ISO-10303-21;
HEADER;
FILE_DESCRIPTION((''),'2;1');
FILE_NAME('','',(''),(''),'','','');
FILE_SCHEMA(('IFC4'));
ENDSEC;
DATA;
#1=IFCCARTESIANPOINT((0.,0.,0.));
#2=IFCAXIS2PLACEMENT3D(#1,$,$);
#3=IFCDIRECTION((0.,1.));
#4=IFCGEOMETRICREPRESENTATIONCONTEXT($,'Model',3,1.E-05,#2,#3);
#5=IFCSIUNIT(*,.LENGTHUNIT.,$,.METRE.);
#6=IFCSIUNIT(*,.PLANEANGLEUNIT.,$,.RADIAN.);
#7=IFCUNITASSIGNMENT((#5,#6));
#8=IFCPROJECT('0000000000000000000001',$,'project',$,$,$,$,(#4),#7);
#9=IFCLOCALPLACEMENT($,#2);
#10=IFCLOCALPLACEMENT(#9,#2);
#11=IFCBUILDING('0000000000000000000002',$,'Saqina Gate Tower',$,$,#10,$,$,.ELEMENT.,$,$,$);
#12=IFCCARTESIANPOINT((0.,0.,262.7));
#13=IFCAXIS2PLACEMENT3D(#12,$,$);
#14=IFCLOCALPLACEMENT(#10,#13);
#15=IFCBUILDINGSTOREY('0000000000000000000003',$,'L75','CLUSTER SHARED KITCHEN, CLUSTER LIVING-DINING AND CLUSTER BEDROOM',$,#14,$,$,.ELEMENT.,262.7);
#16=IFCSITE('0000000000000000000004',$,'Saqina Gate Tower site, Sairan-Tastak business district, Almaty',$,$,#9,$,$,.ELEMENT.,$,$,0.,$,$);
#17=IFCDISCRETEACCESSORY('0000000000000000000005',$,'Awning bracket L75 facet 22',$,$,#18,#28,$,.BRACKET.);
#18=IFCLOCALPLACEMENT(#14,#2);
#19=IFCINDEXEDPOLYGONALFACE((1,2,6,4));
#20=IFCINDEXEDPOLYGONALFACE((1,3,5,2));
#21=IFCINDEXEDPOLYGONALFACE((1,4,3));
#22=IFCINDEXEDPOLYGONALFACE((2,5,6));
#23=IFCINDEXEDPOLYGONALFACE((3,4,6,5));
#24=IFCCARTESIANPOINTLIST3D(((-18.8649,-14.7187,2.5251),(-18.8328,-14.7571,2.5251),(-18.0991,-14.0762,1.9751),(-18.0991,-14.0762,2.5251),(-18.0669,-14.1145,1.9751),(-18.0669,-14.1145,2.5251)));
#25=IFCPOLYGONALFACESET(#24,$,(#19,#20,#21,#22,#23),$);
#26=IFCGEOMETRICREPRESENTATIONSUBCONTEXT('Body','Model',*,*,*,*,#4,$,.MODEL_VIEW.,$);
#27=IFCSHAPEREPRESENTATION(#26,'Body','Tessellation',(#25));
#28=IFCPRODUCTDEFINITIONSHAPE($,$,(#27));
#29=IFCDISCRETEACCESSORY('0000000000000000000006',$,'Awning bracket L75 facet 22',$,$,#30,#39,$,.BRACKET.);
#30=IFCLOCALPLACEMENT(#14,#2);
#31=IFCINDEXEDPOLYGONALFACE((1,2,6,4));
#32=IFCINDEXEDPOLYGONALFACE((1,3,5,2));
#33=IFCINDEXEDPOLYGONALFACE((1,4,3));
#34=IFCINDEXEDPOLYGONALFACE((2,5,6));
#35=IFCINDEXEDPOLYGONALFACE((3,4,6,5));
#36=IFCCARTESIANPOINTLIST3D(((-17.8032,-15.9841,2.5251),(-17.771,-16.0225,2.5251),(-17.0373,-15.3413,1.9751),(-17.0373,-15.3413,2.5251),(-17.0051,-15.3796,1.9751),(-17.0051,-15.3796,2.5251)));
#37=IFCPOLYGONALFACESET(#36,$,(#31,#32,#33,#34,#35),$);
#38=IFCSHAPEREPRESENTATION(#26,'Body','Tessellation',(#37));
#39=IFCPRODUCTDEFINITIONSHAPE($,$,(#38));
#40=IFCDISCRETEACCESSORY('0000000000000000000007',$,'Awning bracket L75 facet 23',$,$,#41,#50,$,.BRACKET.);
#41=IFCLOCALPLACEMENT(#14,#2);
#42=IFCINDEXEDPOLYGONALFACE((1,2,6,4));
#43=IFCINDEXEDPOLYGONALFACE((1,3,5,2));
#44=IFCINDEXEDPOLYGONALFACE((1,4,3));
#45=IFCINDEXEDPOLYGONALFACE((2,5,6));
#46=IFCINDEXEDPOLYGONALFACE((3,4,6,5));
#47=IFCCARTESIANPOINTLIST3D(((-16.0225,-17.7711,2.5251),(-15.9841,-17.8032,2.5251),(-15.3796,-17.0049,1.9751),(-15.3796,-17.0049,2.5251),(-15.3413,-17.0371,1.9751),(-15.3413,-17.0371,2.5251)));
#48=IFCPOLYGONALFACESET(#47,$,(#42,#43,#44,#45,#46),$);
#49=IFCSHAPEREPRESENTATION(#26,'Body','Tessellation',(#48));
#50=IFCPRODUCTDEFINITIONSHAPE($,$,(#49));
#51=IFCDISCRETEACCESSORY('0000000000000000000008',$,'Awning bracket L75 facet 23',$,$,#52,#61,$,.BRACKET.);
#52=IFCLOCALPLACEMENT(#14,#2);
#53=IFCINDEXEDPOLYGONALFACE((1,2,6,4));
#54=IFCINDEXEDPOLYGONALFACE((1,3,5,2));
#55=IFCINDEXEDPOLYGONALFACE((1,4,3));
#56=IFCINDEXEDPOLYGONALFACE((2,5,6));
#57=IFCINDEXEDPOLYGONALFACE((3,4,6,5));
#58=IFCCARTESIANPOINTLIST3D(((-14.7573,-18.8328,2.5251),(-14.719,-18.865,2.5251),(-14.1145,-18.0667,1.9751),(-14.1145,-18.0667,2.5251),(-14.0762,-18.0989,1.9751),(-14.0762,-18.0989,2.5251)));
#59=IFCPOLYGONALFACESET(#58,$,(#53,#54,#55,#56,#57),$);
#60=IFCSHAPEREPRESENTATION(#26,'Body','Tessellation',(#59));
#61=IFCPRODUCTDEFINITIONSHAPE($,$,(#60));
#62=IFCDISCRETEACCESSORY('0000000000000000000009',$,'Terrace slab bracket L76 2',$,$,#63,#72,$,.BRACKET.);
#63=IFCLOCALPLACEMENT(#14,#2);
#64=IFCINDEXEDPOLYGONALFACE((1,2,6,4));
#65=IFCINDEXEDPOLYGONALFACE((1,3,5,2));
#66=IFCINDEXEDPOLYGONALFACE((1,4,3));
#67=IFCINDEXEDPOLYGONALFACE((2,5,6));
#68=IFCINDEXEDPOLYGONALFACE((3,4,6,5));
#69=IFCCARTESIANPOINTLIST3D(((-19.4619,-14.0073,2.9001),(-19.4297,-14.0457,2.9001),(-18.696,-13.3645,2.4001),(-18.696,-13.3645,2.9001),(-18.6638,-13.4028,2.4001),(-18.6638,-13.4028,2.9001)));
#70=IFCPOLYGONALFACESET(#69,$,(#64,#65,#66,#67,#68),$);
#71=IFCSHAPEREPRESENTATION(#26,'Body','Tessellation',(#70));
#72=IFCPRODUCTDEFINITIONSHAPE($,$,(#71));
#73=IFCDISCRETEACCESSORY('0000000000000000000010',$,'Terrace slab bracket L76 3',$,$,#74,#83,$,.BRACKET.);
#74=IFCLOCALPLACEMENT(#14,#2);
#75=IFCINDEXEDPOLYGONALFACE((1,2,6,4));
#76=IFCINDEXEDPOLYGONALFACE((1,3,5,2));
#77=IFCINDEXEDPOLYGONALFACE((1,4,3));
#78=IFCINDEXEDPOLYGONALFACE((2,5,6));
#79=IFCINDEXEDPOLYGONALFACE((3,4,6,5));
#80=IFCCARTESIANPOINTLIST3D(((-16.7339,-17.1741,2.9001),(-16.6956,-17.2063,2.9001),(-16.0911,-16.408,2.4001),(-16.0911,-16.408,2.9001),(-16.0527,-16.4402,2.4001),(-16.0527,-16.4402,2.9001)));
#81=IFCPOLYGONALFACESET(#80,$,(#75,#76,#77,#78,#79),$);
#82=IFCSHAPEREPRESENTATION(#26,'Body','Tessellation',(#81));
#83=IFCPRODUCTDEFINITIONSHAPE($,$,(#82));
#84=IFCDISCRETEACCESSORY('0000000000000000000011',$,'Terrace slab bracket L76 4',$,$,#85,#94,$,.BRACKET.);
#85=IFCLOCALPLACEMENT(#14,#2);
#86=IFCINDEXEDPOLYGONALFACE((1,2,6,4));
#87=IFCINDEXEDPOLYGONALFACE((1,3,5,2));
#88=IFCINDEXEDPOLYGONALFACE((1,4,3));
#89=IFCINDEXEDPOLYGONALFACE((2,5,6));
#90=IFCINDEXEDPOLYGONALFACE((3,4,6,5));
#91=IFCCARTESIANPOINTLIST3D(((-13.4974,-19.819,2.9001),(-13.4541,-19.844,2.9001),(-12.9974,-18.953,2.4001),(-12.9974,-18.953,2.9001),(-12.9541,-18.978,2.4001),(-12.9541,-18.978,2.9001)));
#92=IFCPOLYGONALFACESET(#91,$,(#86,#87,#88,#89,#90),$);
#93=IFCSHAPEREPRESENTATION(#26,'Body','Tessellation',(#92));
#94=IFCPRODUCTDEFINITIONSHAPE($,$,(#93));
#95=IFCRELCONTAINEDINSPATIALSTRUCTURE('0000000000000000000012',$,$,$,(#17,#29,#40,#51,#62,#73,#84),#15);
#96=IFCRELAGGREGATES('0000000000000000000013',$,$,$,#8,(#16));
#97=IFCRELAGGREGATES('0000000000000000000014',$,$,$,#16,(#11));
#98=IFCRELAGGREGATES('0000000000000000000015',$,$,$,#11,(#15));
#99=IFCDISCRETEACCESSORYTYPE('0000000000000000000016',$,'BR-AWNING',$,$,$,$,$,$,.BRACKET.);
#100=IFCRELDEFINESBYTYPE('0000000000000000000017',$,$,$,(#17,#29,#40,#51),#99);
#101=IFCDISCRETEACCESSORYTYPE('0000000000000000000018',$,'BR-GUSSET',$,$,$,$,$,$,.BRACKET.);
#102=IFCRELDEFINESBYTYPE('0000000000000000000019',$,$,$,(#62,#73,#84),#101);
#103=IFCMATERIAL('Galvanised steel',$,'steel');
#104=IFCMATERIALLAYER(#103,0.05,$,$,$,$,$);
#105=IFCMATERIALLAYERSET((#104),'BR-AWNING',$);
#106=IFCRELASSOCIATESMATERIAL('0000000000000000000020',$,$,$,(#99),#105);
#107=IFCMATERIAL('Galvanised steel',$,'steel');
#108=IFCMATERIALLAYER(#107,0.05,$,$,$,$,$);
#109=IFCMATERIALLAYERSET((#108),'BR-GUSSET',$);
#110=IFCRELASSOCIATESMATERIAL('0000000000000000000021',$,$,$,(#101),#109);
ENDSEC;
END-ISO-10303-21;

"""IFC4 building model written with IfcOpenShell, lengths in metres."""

from ifc_helpers import new_model, si_unit, direction, frame, origin, place, context, subcontext, project, spatial, polyline, outline, extrude, material, layer, layer_set, type_object, element, save


model = new_model("IFC4")

# Units and contexts
model_context = context("Model", 3, precision=1e-05, world=origin(), true_north=direction((0.0, 1.0)))
body_context = subcontext(model_context, "Body", "Model", "MODEL_VIEW")
ifc_project = project(units=[si_unit("LENGTHUNIT", "METRE"), si_unit("PLANEANGLEUNIT", "RADIAN")], contexts=[model_context])

# Site, building, storey
site_placement = place(None, origin())
site = spatial("IfcSite", under=ifc_project, at=site_placement, Name="Saqina Gate Tower site, Sairan-Tastak business district, Almaty", CompositionType="ELEMENT", RefElevation=0.0)
building_placement = place(site_placement, origin())
building = spatial("IfcBuilding", under=site, at=building_placement, Name="Saqina Gate Tower", CompositionType="ELEMENT")
storey_placement = place(building_placement, frame((0.0, 0.0, 262.7)))
storey = spatial("IfcBuildingStorey", under=building, at=storey_placement, Name="L75", Description="CLUSTER SHARED KITCHEN, CLUSTER LIVING-DINING AND CLUSTER BEDROOM", CompositionType="ELEMENT", Elevation=262.7)

# Discrete accessories
ifc_material_1 = material(Name="Galvanised steel", Category="steel")
ifc_layer_1 = layer(ifc_material_1, 0.05)
ifc_layer_set_1 = layer_set([ifc_layer_1], Name="BR-AWNING")
discrete_accessory_type_1 = type_object("IfcDiscreteAccessoryType", Name="BR-AWNING", PredefinedType="BRACKET", material=ifc_layer_set_1)
discrete_accessory_1_placement = place(storey_placement, frame((-18.0669, -14.1145, 1.9751), z_axis=(0.642751, -0.766075, 0.0), x_axis=(0.0, 0.0, 1.0)))
element("IfcDiscreteAccessory", 1, at=discrete_accessory_1_placement, inside=storey, type_object=discrete_accessory_type_1, Name="Awning bracket L75 facet 22", PredefinedType="BRACKET", context=body_context, shape_type="SweptSolid", body=[
    extrude(outline(polyline([(0.0, 0.0), (0.55, 0.0), (0.55, 0.9997), (0.0, 0.0)])), origin(), (0.0, 0.0, -1.0), 0.05),
])
discrete_accessory_2_placement = place(storey_placement, frame((-17.0051, -15.3796, 1.9751), z_axis=(0.642894, -0.765955, 0.0), x_axis=(0.0, 0.0, 1.0)))
element("IfcDiscreteAccessory", 2, at=discrete_accessory_2_placement, inside=storey, type_object=discrete_accessory_type_1, Name="Awning bracket L75 facet 22", PredefinedType="BRACKET", context=body_context, shape_type="SweptSolid", body=[
    extrude(outline(polyline([(0.0, 0.0), (0.55, 0.0), (0.55, 0.9999), (0.0, 0.0)])), origin(), (0.0, 0.0, -1.0), 0.05),
])
for number, where, z_axis, x_axis, name in (
    (3, (-15.3413, -17.0371, 1.9751), (0.766056, -0.642774, 0.0), (0.0, 0.0, 1.0), "Awning bracket L75 facet 23"),
    (4, (-14.0762, -18.0989, 1.9751), (0.766056, -0.642774, 0.0), (0.0, 0.0, 1.0), "Awning bracket L75 facet 23"),
):
    element("IfcDiscreteAccessory", number, at=place(storey_placement, frame(where, z_axis=z_axis, x_axis=x_axis)), inside=storey, type_object=discrete_accessory_type_1, Name=name, PredefinedType="BRACKET", context=body_context, shape_type="SweptSolid", body=[
        extrude(outline(polyline([(0.0, 0.0), (0.55, 0.0), (0.55, 1.0001), (0.0, 0.0)])), origin(), (0.0, 0.0, -1.0), 0.05),
    ])
ifc_material_2 = material(Name="Galvanised steel", Category="steel")
ifc_layer_2 = layer(ifc_material_2, 0.05)
ifc_layer_set_2 = layer_set([ifc_layer_2], Name="BR-GUSSET")
discrete_accessory_type_2 = type_object("IfcDiscreteAccessoryType", Name="BR-GUSSET", PredefinedType="BRACKET", material=ifc_layer_set_2)
discrete_accessory_3_placement = place(storey_placement, frame((-18.6638, -13.4028, 2.4001), z_axis=(0.642894, -0.765955, 0.0), x_axis=(0.0, 0.0, 1.0)))
element("IfcDiscreteAccessory", 5, at=discrete_accessory_3_placement, inside=storey, type_object=discrete_accessory_type_2, Name="Terrace slab bracket L76 2", PredefinedType="BRACKET", context=body_context, shape_type="SweptSolid", body=[
    extrude(outline(polyline([(0.0, 0.0), (0.5, 0.0), (0.5, 0.9999), (0.0, 0.0)])), origin(), (0.0, 0.0, -1.0), 0.05),
])
discrete_accessory_4_placement = place(storey_placement, frame((-16.0527, -16.4402, 2.4001), z_axis=(0.766056, -0.642774, 0.0), x_axis=(0.0, 0.0, 1.0)))
element("IfcDiscreteAccessory", 6, at=discrete_accessory_4_placement, inside=storey, type_object=discrete_accessory_type_2, Name="Terrace slab bracket L76 3", PredefinedType="BRACKET", context=body_context, shape_type="SweptSolid", body=[
    extrude(outline(polyline([(0.0, 0.0), (0.5, 0.0), (0.5, 1.0001), (0.0, 0.0)])), origin(), (0.0, 0.0, -1.0), 0.05),
])
discrete_accessory_5_placement = place(storey_placement, frame((-12.9541, -18.978, 2.4001), z_axis=(0.866011, -0.500025, 0.0), x_axis=(0.0, 0.0, 1.0)))
element("IfcDiscreteAccessory", 7, at=discrete_accessory_5_placement, inside=storey, type_object=discrete_accessory_type_2, Name="Terrace slab bracket L76 4", PredefinedType="BRACKET", context=body_context, shape_type="SweptSolid", body=[
    extrude(outline(polyline([(0.0, 0.0), (0.5, 0.0), (0.5, 0.9999), (0.0, 0.0)])), origin(), (0.0, 0.0, -1.0), 0.05),
])

save(model, "model.ifc")
